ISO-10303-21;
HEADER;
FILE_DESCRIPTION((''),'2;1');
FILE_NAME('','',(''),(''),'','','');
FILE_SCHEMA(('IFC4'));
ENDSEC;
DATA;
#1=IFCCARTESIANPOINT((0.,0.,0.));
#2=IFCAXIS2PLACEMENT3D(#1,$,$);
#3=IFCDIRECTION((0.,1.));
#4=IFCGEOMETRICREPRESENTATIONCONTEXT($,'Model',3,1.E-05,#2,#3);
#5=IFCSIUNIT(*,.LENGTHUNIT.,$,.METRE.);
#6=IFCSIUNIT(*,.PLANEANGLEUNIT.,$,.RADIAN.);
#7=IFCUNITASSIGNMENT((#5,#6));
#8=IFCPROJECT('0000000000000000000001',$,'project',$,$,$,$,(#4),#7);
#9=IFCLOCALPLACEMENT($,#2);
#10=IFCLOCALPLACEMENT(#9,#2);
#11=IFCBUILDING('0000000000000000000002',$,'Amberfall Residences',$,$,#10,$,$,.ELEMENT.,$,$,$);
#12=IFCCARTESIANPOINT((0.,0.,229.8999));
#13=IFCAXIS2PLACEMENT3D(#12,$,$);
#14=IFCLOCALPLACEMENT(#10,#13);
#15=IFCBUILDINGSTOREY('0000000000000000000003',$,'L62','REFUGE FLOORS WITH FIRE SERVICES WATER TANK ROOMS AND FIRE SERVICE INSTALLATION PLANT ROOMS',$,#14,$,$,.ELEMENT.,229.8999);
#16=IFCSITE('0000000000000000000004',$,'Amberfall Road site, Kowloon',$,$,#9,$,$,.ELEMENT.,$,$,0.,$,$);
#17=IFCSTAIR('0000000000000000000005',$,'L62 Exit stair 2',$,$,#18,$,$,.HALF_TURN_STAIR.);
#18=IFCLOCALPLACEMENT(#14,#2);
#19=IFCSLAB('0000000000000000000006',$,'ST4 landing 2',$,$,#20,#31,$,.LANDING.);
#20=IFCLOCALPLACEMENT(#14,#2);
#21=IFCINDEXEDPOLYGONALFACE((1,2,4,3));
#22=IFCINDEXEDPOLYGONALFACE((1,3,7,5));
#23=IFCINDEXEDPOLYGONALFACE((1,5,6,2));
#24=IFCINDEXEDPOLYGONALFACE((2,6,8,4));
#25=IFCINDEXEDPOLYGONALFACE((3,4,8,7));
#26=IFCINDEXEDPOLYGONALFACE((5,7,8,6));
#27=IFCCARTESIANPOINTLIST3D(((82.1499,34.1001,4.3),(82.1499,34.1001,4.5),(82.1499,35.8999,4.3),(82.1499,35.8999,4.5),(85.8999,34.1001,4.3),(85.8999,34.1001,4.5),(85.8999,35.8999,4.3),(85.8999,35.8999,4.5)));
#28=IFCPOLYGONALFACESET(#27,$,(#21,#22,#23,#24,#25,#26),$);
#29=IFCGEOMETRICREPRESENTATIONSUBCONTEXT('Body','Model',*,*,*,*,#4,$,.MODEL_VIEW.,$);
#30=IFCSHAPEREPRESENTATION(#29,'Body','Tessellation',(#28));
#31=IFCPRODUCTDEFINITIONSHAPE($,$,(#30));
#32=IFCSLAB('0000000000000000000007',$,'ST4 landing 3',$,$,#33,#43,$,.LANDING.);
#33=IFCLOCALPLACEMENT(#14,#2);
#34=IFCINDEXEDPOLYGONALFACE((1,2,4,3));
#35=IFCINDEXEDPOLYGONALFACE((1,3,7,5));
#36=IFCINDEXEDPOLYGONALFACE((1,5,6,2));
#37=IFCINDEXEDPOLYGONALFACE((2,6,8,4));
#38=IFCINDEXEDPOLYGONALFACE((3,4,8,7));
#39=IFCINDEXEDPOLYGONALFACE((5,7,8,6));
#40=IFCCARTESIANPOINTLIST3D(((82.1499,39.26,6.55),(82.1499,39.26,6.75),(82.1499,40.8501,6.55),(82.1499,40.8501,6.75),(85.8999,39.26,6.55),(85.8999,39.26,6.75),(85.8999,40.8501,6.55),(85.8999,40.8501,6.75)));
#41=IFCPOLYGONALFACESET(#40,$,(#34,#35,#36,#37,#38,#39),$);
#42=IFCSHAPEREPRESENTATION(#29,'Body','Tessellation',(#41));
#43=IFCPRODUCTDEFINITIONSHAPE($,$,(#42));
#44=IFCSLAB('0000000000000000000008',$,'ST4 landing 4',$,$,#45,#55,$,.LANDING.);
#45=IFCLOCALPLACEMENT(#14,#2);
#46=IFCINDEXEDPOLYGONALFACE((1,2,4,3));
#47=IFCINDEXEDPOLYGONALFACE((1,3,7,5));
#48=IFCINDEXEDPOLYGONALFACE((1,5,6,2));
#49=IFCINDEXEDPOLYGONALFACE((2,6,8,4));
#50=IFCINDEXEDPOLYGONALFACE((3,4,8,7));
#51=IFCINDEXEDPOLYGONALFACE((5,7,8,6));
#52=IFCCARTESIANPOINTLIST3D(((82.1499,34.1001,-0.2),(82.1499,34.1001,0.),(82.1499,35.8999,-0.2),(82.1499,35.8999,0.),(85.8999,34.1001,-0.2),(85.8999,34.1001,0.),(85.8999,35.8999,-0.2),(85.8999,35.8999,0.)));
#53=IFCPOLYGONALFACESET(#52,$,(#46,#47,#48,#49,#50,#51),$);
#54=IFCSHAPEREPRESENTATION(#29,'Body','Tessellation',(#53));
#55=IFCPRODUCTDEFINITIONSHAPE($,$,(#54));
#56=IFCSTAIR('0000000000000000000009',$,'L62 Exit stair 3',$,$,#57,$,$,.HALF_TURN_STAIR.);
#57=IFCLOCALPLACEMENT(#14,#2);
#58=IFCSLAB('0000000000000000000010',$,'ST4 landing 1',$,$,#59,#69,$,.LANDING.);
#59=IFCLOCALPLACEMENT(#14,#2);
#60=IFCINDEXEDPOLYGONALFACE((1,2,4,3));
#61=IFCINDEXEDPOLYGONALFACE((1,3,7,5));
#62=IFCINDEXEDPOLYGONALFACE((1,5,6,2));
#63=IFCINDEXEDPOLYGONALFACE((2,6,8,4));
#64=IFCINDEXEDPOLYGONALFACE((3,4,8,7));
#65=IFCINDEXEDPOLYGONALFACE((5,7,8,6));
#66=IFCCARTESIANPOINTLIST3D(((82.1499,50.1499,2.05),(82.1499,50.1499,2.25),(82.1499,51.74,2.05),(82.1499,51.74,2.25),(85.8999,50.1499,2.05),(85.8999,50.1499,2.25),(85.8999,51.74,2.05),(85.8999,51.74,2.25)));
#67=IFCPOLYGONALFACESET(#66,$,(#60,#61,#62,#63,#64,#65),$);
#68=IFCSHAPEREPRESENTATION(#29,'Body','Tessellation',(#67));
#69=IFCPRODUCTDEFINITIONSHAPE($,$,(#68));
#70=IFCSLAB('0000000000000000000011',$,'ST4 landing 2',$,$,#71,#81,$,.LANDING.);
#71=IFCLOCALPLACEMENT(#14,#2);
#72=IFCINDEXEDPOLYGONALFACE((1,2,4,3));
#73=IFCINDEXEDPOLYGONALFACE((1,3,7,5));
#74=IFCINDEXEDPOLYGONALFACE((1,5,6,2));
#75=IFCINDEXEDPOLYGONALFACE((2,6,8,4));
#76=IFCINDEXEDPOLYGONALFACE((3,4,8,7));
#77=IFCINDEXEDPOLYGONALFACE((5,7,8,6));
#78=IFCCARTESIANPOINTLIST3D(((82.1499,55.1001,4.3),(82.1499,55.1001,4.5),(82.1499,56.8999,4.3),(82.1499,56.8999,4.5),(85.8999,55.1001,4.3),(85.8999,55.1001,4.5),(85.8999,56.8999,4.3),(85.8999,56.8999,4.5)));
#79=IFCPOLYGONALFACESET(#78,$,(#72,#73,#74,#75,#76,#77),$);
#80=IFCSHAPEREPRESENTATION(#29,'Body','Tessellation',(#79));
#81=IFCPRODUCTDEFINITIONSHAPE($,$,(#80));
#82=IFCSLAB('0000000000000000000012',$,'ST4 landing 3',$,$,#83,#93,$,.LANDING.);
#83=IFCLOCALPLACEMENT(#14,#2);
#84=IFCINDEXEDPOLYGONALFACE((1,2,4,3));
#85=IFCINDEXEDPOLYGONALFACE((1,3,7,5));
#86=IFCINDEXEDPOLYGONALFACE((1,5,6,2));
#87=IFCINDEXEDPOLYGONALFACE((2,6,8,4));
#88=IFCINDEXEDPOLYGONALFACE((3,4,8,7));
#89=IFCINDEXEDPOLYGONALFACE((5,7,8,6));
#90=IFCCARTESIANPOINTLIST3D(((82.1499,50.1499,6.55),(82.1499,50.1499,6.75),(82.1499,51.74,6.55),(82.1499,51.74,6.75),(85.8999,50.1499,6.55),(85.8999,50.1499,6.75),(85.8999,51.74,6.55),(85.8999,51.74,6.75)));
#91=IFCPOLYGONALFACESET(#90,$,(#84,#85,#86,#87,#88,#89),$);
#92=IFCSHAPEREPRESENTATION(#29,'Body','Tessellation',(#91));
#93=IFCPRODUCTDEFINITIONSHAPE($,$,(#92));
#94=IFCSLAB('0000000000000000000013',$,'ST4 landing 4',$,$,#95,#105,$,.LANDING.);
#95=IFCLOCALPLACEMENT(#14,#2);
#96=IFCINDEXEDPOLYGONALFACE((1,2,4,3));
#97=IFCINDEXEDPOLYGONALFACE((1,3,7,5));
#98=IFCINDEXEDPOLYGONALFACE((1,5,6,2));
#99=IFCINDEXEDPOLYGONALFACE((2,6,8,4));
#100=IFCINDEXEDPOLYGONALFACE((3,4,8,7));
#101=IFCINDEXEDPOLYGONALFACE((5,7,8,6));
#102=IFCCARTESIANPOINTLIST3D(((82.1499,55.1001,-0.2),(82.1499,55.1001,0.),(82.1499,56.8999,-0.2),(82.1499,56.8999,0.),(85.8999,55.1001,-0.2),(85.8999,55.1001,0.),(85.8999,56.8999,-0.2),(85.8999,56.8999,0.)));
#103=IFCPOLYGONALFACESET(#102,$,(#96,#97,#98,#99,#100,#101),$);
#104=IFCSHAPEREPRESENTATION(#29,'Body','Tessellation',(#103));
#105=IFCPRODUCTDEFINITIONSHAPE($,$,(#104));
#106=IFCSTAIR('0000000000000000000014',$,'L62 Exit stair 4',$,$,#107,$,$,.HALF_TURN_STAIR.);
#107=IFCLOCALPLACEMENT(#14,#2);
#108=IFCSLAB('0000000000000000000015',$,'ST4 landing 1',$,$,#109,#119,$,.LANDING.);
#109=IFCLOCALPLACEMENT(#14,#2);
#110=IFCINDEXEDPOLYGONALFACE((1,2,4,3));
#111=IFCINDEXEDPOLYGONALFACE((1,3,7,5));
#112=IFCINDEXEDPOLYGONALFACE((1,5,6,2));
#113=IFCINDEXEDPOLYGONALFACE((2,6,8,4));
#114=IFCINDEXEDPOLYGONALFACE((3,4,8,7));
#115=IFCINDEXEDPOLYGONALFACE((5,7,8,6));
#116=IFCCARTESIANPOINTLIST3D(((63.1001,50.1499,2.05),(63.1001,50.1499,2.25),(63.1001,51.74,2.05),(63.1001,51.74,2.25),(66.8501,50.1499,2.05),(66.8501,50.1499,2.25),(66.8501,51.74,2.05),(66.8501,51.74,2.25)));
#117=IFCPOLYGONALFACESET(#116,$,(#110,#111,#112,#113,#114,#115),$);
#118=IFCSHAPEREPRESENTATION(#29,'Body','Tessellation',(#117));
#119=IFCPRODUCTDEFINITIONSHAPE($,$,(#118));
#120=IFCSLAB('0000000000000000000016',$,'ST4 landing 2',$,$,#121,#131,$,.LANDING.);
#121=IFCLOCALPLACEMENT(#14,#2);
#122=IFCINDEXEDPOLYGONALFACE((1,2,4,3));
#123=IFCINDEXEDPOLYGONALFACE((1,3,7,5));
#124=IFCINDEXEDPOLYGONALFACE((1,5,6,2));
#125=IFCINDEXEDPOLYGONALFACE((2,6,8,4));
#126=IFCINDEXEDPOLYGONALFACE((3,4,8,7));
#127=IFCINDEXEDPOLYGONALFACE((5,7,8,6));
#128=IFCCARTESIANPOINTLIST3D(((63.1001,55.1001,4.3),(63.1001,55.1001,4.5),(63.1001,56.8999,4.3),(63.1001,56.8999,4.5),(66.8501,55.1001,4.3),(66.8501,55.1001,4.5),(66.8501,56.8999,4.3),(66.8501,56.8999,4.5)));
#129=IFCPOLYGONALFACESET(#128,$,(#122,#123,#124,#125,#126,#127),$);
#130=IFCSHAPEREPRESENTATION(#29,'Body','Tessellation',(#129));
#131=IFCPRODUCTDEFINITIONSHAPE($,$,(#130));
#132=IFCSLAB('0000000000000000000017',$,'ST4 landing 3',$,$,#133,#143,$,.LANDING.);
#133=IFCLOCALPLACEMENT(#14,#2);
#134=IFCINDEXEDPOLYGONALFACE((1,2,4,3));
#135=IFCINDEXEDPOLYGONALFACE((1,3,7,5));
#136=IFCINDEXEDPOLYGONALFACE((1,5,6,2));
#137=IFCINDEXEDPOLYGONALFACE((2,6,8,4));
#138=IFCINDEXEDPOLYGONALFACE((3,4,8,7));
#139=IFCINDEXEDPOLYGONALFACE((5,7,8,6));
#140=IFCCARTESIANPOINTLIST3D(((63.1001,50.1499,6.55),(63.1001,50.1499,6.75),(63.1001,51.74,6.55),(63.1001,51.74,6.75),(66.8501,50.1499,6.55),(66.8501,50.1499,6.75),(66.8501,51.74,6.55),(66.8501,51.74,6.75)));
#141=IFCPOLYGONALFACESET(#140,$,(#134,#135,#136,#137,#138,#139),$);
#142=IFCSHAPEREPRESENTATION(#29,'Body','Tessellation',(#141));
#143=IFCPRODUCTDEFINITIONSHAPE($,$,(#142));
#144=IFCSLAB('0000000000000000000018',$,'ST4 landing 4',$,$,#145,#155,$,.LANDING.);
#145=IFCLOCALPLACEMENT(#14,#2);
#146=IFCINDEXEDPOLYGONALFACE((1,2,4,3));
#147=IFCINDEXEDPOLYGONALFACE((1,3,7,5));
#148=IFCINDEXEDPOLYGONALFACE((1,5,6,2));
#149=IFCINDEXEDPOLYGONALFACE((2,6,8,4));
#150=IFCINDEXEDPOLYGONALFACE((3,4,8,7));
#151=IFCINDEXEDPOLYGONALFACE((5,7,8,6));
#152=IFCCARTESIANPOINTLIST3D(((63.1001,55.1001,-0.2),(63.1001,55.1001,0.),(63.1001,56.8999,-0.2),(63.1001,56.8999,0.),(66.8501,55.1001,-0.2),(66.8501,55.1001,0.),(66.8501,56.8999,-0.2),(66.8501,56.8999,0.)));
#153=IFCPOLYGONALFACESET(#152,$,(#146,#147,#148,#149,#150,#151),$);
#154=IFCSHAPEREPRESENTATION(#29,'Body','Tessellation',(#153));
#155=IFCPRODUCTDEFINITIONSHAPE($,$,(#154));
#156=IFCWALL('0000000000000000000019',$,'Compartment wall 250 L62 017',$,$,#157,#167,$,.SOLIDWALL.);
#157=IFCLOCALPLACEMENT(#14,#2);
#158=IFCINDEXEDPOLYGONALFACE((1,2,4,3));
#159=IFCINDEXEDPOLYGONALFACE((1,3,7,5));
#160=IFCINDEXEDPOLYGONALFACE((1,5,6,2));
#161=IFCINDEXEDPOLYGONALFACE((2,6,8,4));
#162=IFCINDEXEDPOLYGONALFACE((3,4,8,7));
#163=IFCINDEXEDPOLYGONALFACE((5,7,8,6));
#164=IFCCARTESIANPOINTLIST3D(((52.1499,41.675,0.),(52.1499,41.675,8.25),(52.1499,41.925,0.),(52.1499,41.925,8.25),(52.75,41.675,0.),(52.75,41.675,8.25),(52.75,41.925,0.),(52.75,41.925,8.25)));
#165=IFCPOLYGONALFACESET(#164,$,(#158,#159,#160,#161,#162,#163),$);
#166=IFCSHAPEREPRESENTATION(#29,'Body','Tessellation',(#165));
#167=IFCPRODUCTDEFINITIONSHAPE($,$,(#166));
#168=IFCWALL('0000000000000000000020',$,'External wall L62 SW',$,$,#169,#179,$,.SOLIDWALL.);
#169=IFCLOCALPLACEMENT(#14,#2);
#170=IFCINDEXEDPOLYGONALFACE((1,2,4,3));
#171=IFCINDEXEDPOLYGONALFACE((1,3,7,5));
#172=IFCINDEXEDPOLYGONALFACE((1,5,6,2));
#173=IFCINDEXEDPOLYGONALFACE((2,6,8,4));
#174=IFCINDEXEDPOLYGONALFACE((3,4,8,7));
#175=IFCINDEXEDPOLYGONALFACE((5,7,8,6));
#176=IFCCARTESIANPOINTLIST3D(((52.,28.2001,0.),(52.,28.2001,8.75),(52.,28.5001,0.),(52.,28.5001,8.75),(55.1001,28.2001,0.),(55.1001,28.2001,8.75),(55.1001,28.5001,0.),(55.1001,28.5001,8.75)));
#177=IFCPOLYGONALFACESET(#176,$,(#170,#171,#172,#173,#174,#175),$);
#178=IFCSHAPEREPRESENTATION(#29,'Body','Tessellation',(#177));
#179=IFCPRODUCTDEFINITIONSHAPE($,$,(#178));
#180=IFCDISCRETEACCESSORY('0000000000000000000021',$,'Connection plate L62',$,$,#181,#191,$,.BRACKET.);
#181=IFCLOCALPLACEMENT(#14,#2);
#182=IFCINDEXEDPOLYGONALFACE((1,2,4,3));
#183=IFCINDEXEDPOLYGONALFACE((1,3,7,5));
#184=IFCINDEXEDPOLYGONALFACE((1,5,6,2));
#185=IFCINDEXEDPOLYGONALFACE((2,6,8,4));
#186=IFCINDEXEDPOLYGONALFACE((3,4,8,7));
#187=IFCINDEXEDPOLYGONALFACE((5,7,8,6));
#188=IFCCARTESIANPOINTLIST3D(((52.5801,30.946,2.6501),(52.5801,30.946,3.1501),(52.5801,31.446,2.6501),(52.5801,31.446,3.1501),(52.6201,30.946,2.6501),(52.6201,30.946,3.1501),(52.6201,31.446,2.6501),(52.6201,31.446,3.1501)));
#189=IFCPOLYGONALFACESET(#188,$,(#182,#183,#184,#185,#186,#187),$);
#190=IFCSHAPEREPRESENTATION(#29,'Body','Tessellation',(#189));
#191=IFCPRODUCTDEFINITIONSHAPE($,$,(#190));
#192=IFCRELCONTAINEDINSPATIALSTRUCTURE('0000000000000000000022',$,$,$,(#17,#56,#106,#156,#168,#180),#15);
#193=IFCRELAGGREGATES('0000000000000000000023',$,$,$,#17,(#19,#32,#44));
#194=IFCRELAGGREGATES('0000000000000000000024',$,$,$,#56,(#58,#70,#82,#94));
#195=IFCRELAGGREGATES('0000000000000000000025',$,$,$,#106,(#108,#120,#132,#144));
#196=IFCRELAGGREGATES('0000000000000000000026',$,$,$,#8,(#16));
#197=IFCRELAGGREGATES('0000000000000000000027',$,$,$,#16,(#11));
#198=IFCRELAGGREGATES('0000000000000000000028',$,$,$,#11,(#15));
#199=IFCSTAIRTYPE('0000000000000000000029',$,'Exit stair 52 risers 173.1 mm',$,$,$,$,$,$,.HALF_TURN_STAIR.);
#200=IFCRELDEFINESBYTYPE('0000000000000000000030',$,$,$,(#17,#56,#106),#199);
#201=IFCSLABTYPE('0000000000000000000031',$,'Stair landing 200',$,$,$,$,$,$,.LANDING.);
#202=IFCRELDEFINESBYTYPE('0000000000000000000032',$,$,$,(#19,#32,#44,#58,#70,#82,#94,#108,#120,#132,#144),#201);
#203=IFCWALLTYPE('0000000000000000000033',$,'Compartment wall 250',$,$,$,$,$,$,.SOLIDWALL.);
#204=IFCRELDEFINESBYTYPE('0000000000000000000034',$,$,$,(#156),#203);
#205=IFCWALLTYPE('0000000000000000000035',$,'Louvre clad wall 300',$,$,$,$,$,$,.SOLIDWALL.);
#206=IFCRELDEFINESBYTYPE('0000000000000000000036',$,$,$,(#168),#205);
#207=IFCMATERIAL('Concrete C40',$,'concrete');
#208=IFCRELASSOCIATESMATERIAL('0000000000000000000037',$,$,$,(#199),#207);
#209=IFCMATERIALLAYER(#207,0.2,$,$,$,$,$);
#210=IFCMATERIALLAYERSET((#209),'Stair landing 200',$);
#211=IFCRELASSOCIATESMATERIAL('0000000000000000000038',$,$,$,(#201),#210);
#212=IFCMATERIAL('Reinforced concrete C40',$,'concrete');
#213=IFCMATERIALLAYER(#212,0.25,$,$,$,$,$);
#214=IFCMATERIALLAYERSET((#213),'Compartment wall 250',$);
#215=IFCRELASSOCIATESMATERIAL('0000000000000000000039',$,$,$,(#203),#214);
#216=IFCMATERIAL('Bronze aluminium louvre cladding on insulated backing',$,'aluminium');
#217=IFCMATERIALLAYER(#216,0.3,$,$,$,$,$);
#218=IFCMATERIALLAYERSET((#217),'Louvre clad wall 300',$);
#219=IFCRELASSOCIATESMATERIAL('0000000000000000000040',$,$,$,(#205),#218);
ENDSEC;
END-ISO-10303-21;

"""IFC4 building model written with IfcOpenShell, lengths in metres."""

from ifc_helpers import new_model, si_unit, direction, frame, frame_2d, origin, origin_2d, place, context, subcontext, project, spatial, polyline, rectangle, outline, extrude, material, layer, layer_set, type_object, element, aggregate, save


model = new_model("IFC4")

# Units and contexts
model_context = context("Model", 3, precision=1e-05, world=origin(), true_north=direction((0.0, 1.0)))
body_context = subcontext(model_context, "Body", "Model", "MODEL_VIEW")
ifc_project = project(units=[si_unit("LENGTHUNIT", "METRE"), si_unit("PLANEANGLEUNIT", "RADIAN")], contexts=[model_context])

# Site, building, storey
site_placement = place(None, origin())
site = spatial("IfcSite", under=ifc_project, at=site_placement, Name="Amberfall Road site, Kowloon", CompositionType="ELEMENT", RefElevation=0.0)
building_placement = place(site_placement, origin())
building = spatial("IfcBuilding", under=site, at=building_placement, Name="Amberfall Residences", CompositionType="ELEMENT")
storey_placement = place(building_placement, frame((0.0, 0.0, 229.8999)))
storey = spatial("IfcBuildingStorey", under=building, at=storey_placement, Name="L62", Description="REFUGE FLOORS WITH FIRE SERVICES WATER TANK ROOMS AND FIRE SERVICE INSTALLATION PLANT ROOMS", CompositionType="ELEMENT", Elevation=229.8999)

# Stairs, slabs
ifc_material_1 = material(Name="Concrete C40", Category="concrete")
stair_type = type_object("IfcStairType", Name="Exit stair 52 risers 173.1 mm", PredefinedType="HALF_TURN_STAIR", material=ifc_material_1)
ifc_layer_1 = layer(ifc_material_1, 0.2)
ifc_layer_set_1 = layer_set([ifc_layer_1], Name="Stair landing 200")
slab_type_1 = type_object("IfcSlabType", Name="Stair landing 200", PredefinedType="LANDING", material=ifc_layer_set_1)
stair_1_placement = place(storey_placement, origin())
stair_1 = element("IfcStair", 1, at=stair_1_placement, inside=storey, type_object=stair_type, Name="L62 Exit stair 2", PredefinedType="HALF_TURN_STAIR")
slab_1_placement = place(storey_placement, frame((0.0, 0.0, 4.3)))
slab_1 = element("IfcSlab", 2, at=slab_1_placement, type_object=slab_type_1, Name="ST4 landing 2", PredefinedType="LANDING", context=body_context, shape_type="SweptSolid", body=[
    extrude(outline(polyline([(85.8999, 34.1001), (85.8999, 35.8999), (82.1499, 35.8999), (82.1499, 34.1001), (85.8999, 34.1001)])), origin(), (0.0, 0.0, 1.0), 0.2),
])
slab_2_placement = place(storey_placement, frame((0.0, 0.0, 6.55)))
slab_2 = element("IfcSlab", 3, at=slab_2_placement, type_object=slab_type_1, Name="ST4 landing 3", PredefinedType="LANDING", context=body_context, shape_type="SweptSolid", body=[
    extrude(outline(polyline([(85.8999, 39.26), (85.8999, 40.8501), (82.1499, 40.8501), (82.1499, 39.26), (85.8999, 39.26)])), origin(), (0.0, 0.0, 1.0), 0.2),
])
slab_3_placement = place(storey_placement, frame((0.0, 0.0, -0.2)))
slab_3 = element("IfcSlab", 4, at=slab_3_placement, type_object=slab_type_1, Name="ST4 landing 4", PredefinedType="LANDING", context=body_context, shape_type="SweptSolid", body=[
    extrude(outline(polyline([(85.8999, 34.1001), (85.8999, 35.8999), (82.1499, 35.8999), (82.1499, 34.1001), (85.8999, 34.1001)])), origin(), (0.0, 0.0, 1.0), 0.2),
])
aggregate(stair_1, [slab_1, slab_2, slab_3])
stair_2_placement = place(storey_placement, origin())
stair_2 = element("IfcStair", 5, at=stair_2_placement, inside=storey, type_object=stair_type, Name="L62 Exit stair 3", PredefinedType="HALF_TURN_STAIR")
slab_4_placement = place(storey_placement, frame((0.0, 0.0, 2.05)))
slab_4 = element("IfcSlab", 6, at=slab_4_placement, type_object=slab_type_1, Name="ST4 landing 1", PredefinedType="LANDING", context=body_context, shape_type="SweptSolid", body=[
    extrude(outline(polyline([(82.1499, 51.74), (82.1499, 50.1499), (85.8999, 50.1499), (85.8999, 51.74), (82.1499, 51.74)])), origin(), (0.0, 0.0, 1.0), 0.2),
])
slab_5_placement = place(storey_placement, frame((0.0, 0.0, 4.3)))
slab_5 = element("IfcSlab", 7, at=slab_5_placement, type_object=slab_type_1, Name="ST4 landing 2", PredefinedType="LANDING", context=body_context, shape_type="SweptSolid", body=[
    extrude(outline(polyline([(82.1499, 56.8999), (82.1499, 55.1001), (85.8999, 55.1001), (85.8999, 56.8999), (82.1499, 56.8999)])), origin(), (0.0, 0.0, 1.0), 0.2),
])
slab_6_placement = place(storey_placement, frame((0.0, 0.0, 6.55)))
slab_6 = element("IfcSlab", 8, at=slab_6_placement, type_object=slab_type_1, Name="ST4 landing 3", PredefinedType="LANDING", context=body_context, shape_type="SweptSolid", body=[
    extrude(outline(polyline([(82.1499, 51.74), (82.1499, 50.1499), (85.8999, 50.1499), (85.8999, 51.74), (82.1499, 51.74)])), origin(), (0.0, 0.0, 1.0), 0.2),
])
slab_7_placement = place(storey_placement, frame((0.0, 0.0, -0.2)))
slab_7 = element("IfcSlab", 9, at=slab_7_placement, type_object=slab_type_1, Name="ST4 landing 4", PredefinedType="LANDING", context=body_context, shape_type="SweptSolid", body=[
    extrude(outline(polyline([(82.1499, 56.8999), (82.1499, 55.1001), (85.8999, 55.1001), (85.8999, 56.8999), (82.1499, 56.8999)])), origin(), (0.0, 0.0, 1.0), 0.2),
])
aggregate(stair_2, [slab_4, slab_5, slab_6, slab_7])
stair_3_placement = place(storey_placement, origin())
stair_3 = element("IfcStair", 10, at=stair_3_placement, inside=storey, type_object=stair_type, Name="L62 Exit stair 4", PredefinedType="HALF_TURN_STAIR")
slab_8_placement = place(storey_placement, frame((0.0, 0.0, 2.05)))
slab_8 = element("IfcSlab", 11, at=slab_8_placement, type_object=slab_type_1, Name="ST4 landing 1", PredefinedType="LANDING", context=body_context, shape_type="SweptSolid", body=[
    extrude(outline(polyline([(63.1001, 51.74), (63.1001, 50.1499), (66.8501, 50.1499), (66.8501, 51.74), (63.1001, 51.74)])), origin(), (0.0, 0.0, 1.0), 0.2),
])
slab_9_placement = place(storey_placement, frame((0.0, 0.0, 4.3)))
slab_9 = element("IfcSlab", 12, at=slab_9_placement, type_object=slab_type_1, Name="ST4 landing 2", PredefinedType="LANDING", context=body_context, shape_type="SweptSolid", body=[
    extrude(outline(polyline([(63.1001, 56.8999), (63.1001, 55.1001), (66.8501, 55.1001), (66.8501, 56.8999), (63.1001, 56.8999)])), origin(), (0.0, 0.0, 1.0), 0.2),
])
slab_10_placement = place(storey_placement, frame((0.0, 0.0, 6.55)))
slab_10 = element("IfcSlab", 13, at=slab_10_placement, type_object=slab_type_1, Name="ST4 landing 3", PredefinedType="LANDING", context=body_context, shape_type="SweptSolid", body=[
    extrude(outline(polyline([(63.1001, 51.74), (63.1001, 50.1499), (66.8501, 50.1499), (66.8501, 51.74), (63.1001, 51.74)])), origin(), (0.0, 0.0, 1.0), 0.2),
])
slab_11_placement = place(storey_placement, frame((0.0, 0.0, -0.2)))
slab_11 = element("IfcSlab", 14, at=slab_11_placement, type_object=slab_type_1, Name="ST4 landing 4", PredefinedType="LANDING", context=body_context, shape_type="SweptSolid", body=[
    extrude(outline(polyline([(63.1001, 56.8999), (63.1001, 55.1001), (66.8501, 55.1001), (66.8501, 56.8999), (63.1001, 56.8999)])), origin(), (0.0, 0.0, 1.0), 0.2),
])
aggregate(stair_3, [slab_8, slab_9, slab_10, slab_11])

# Walls
ifc_material_2 = material(Name="Reinforced concrete C40", Category="concrete")
ifc_layer_2 = layer(ifc_material_2, 0.25)
ifc_layer_set_2 = layer_set([ifc_layer_2], Name="Compartment wall 250")
wall_type_1 = type_object("IfcWallType", Name="Compartment wall 250", PredefinedType="SOLIDWALL", material=ifc_layer_set_2)
wall_1_placement = place(storey_placement, frame((52.1499, 41.8, 0.0), z_axis=(0.0, 0.0, 1.0), x_axis=(1.0, 0.0, 0.0)))
element("IfcWall", 15, at=wall_1_placement, inside=storey, type_object=wall_type_1, Name="Compartment wall 250 L62 017", PredefinedType="SOLIDWALL", context=body_context, shape_type="SweptSolid", body=[
    extrude(rectangle(XDim=0.6001, YDim=0.25, at=frame_2d((0.3, 0.0))), origin(), (0.0, 0.0, 1.0), 8.25),
])
ifc_material_3 = material(Name="Bronze aluminium louvre cladding on insulated backing", Category="aluminium")
ifc_layer_3 = layer(ifc_material_3, 0.3)
ifc_layer_set_3 = layer_set([ifc_layer_3], Name="Louvre clad wall 300")
wall_type_2 = type_object("IfcWallType", Name="Louvre clad wall 300", PredefinedType="SOLIDWALL", material=ifc_layer_set_3)
wall_2_placement = place(storey_placement, frame((52.0, 28.3501, 0.0), z_axis=(0.0, 0.0, 1.0), x_axis=(1.0, 0.0, 0.0)))
element("IfcWall", 16, at=wall_2_placement, inside=storey, type_object=wall_type_2, Name="External wall L62 SW", PredefinedType="SOLIDWALL", context=body_context, shape_type="SweptSolid", body=[
    extrude(rectangle(XDim=3.1001, YDim=0.3, at=frame_2d((1.55, 0.0))), origin(), (0.0, 0.0, 1.0), 8.75),
])

# Discrete accessory
discrete_accessory_placement = place(storey_placement, frame((52.6001, 31.196, 2.6501), z_axis=(0.0, 0.0, 1.0), x_axis=(0.0, 1.0, 0.0)))
element("IfcDiscreteAccessory", 17, at=discrete_accessory_placement, inside=storey, Name="Connection plate L62", PredefinedType="BRACKET", context=body_context, shape_type="SweptSolid", body=[
    extrude(rectangle(XDim=0.5, YDim=0.04, at=origin_2d()), origin(), (0.0, 0.0, 1.0), 0.5),
])

save(model, "model.ifc")
